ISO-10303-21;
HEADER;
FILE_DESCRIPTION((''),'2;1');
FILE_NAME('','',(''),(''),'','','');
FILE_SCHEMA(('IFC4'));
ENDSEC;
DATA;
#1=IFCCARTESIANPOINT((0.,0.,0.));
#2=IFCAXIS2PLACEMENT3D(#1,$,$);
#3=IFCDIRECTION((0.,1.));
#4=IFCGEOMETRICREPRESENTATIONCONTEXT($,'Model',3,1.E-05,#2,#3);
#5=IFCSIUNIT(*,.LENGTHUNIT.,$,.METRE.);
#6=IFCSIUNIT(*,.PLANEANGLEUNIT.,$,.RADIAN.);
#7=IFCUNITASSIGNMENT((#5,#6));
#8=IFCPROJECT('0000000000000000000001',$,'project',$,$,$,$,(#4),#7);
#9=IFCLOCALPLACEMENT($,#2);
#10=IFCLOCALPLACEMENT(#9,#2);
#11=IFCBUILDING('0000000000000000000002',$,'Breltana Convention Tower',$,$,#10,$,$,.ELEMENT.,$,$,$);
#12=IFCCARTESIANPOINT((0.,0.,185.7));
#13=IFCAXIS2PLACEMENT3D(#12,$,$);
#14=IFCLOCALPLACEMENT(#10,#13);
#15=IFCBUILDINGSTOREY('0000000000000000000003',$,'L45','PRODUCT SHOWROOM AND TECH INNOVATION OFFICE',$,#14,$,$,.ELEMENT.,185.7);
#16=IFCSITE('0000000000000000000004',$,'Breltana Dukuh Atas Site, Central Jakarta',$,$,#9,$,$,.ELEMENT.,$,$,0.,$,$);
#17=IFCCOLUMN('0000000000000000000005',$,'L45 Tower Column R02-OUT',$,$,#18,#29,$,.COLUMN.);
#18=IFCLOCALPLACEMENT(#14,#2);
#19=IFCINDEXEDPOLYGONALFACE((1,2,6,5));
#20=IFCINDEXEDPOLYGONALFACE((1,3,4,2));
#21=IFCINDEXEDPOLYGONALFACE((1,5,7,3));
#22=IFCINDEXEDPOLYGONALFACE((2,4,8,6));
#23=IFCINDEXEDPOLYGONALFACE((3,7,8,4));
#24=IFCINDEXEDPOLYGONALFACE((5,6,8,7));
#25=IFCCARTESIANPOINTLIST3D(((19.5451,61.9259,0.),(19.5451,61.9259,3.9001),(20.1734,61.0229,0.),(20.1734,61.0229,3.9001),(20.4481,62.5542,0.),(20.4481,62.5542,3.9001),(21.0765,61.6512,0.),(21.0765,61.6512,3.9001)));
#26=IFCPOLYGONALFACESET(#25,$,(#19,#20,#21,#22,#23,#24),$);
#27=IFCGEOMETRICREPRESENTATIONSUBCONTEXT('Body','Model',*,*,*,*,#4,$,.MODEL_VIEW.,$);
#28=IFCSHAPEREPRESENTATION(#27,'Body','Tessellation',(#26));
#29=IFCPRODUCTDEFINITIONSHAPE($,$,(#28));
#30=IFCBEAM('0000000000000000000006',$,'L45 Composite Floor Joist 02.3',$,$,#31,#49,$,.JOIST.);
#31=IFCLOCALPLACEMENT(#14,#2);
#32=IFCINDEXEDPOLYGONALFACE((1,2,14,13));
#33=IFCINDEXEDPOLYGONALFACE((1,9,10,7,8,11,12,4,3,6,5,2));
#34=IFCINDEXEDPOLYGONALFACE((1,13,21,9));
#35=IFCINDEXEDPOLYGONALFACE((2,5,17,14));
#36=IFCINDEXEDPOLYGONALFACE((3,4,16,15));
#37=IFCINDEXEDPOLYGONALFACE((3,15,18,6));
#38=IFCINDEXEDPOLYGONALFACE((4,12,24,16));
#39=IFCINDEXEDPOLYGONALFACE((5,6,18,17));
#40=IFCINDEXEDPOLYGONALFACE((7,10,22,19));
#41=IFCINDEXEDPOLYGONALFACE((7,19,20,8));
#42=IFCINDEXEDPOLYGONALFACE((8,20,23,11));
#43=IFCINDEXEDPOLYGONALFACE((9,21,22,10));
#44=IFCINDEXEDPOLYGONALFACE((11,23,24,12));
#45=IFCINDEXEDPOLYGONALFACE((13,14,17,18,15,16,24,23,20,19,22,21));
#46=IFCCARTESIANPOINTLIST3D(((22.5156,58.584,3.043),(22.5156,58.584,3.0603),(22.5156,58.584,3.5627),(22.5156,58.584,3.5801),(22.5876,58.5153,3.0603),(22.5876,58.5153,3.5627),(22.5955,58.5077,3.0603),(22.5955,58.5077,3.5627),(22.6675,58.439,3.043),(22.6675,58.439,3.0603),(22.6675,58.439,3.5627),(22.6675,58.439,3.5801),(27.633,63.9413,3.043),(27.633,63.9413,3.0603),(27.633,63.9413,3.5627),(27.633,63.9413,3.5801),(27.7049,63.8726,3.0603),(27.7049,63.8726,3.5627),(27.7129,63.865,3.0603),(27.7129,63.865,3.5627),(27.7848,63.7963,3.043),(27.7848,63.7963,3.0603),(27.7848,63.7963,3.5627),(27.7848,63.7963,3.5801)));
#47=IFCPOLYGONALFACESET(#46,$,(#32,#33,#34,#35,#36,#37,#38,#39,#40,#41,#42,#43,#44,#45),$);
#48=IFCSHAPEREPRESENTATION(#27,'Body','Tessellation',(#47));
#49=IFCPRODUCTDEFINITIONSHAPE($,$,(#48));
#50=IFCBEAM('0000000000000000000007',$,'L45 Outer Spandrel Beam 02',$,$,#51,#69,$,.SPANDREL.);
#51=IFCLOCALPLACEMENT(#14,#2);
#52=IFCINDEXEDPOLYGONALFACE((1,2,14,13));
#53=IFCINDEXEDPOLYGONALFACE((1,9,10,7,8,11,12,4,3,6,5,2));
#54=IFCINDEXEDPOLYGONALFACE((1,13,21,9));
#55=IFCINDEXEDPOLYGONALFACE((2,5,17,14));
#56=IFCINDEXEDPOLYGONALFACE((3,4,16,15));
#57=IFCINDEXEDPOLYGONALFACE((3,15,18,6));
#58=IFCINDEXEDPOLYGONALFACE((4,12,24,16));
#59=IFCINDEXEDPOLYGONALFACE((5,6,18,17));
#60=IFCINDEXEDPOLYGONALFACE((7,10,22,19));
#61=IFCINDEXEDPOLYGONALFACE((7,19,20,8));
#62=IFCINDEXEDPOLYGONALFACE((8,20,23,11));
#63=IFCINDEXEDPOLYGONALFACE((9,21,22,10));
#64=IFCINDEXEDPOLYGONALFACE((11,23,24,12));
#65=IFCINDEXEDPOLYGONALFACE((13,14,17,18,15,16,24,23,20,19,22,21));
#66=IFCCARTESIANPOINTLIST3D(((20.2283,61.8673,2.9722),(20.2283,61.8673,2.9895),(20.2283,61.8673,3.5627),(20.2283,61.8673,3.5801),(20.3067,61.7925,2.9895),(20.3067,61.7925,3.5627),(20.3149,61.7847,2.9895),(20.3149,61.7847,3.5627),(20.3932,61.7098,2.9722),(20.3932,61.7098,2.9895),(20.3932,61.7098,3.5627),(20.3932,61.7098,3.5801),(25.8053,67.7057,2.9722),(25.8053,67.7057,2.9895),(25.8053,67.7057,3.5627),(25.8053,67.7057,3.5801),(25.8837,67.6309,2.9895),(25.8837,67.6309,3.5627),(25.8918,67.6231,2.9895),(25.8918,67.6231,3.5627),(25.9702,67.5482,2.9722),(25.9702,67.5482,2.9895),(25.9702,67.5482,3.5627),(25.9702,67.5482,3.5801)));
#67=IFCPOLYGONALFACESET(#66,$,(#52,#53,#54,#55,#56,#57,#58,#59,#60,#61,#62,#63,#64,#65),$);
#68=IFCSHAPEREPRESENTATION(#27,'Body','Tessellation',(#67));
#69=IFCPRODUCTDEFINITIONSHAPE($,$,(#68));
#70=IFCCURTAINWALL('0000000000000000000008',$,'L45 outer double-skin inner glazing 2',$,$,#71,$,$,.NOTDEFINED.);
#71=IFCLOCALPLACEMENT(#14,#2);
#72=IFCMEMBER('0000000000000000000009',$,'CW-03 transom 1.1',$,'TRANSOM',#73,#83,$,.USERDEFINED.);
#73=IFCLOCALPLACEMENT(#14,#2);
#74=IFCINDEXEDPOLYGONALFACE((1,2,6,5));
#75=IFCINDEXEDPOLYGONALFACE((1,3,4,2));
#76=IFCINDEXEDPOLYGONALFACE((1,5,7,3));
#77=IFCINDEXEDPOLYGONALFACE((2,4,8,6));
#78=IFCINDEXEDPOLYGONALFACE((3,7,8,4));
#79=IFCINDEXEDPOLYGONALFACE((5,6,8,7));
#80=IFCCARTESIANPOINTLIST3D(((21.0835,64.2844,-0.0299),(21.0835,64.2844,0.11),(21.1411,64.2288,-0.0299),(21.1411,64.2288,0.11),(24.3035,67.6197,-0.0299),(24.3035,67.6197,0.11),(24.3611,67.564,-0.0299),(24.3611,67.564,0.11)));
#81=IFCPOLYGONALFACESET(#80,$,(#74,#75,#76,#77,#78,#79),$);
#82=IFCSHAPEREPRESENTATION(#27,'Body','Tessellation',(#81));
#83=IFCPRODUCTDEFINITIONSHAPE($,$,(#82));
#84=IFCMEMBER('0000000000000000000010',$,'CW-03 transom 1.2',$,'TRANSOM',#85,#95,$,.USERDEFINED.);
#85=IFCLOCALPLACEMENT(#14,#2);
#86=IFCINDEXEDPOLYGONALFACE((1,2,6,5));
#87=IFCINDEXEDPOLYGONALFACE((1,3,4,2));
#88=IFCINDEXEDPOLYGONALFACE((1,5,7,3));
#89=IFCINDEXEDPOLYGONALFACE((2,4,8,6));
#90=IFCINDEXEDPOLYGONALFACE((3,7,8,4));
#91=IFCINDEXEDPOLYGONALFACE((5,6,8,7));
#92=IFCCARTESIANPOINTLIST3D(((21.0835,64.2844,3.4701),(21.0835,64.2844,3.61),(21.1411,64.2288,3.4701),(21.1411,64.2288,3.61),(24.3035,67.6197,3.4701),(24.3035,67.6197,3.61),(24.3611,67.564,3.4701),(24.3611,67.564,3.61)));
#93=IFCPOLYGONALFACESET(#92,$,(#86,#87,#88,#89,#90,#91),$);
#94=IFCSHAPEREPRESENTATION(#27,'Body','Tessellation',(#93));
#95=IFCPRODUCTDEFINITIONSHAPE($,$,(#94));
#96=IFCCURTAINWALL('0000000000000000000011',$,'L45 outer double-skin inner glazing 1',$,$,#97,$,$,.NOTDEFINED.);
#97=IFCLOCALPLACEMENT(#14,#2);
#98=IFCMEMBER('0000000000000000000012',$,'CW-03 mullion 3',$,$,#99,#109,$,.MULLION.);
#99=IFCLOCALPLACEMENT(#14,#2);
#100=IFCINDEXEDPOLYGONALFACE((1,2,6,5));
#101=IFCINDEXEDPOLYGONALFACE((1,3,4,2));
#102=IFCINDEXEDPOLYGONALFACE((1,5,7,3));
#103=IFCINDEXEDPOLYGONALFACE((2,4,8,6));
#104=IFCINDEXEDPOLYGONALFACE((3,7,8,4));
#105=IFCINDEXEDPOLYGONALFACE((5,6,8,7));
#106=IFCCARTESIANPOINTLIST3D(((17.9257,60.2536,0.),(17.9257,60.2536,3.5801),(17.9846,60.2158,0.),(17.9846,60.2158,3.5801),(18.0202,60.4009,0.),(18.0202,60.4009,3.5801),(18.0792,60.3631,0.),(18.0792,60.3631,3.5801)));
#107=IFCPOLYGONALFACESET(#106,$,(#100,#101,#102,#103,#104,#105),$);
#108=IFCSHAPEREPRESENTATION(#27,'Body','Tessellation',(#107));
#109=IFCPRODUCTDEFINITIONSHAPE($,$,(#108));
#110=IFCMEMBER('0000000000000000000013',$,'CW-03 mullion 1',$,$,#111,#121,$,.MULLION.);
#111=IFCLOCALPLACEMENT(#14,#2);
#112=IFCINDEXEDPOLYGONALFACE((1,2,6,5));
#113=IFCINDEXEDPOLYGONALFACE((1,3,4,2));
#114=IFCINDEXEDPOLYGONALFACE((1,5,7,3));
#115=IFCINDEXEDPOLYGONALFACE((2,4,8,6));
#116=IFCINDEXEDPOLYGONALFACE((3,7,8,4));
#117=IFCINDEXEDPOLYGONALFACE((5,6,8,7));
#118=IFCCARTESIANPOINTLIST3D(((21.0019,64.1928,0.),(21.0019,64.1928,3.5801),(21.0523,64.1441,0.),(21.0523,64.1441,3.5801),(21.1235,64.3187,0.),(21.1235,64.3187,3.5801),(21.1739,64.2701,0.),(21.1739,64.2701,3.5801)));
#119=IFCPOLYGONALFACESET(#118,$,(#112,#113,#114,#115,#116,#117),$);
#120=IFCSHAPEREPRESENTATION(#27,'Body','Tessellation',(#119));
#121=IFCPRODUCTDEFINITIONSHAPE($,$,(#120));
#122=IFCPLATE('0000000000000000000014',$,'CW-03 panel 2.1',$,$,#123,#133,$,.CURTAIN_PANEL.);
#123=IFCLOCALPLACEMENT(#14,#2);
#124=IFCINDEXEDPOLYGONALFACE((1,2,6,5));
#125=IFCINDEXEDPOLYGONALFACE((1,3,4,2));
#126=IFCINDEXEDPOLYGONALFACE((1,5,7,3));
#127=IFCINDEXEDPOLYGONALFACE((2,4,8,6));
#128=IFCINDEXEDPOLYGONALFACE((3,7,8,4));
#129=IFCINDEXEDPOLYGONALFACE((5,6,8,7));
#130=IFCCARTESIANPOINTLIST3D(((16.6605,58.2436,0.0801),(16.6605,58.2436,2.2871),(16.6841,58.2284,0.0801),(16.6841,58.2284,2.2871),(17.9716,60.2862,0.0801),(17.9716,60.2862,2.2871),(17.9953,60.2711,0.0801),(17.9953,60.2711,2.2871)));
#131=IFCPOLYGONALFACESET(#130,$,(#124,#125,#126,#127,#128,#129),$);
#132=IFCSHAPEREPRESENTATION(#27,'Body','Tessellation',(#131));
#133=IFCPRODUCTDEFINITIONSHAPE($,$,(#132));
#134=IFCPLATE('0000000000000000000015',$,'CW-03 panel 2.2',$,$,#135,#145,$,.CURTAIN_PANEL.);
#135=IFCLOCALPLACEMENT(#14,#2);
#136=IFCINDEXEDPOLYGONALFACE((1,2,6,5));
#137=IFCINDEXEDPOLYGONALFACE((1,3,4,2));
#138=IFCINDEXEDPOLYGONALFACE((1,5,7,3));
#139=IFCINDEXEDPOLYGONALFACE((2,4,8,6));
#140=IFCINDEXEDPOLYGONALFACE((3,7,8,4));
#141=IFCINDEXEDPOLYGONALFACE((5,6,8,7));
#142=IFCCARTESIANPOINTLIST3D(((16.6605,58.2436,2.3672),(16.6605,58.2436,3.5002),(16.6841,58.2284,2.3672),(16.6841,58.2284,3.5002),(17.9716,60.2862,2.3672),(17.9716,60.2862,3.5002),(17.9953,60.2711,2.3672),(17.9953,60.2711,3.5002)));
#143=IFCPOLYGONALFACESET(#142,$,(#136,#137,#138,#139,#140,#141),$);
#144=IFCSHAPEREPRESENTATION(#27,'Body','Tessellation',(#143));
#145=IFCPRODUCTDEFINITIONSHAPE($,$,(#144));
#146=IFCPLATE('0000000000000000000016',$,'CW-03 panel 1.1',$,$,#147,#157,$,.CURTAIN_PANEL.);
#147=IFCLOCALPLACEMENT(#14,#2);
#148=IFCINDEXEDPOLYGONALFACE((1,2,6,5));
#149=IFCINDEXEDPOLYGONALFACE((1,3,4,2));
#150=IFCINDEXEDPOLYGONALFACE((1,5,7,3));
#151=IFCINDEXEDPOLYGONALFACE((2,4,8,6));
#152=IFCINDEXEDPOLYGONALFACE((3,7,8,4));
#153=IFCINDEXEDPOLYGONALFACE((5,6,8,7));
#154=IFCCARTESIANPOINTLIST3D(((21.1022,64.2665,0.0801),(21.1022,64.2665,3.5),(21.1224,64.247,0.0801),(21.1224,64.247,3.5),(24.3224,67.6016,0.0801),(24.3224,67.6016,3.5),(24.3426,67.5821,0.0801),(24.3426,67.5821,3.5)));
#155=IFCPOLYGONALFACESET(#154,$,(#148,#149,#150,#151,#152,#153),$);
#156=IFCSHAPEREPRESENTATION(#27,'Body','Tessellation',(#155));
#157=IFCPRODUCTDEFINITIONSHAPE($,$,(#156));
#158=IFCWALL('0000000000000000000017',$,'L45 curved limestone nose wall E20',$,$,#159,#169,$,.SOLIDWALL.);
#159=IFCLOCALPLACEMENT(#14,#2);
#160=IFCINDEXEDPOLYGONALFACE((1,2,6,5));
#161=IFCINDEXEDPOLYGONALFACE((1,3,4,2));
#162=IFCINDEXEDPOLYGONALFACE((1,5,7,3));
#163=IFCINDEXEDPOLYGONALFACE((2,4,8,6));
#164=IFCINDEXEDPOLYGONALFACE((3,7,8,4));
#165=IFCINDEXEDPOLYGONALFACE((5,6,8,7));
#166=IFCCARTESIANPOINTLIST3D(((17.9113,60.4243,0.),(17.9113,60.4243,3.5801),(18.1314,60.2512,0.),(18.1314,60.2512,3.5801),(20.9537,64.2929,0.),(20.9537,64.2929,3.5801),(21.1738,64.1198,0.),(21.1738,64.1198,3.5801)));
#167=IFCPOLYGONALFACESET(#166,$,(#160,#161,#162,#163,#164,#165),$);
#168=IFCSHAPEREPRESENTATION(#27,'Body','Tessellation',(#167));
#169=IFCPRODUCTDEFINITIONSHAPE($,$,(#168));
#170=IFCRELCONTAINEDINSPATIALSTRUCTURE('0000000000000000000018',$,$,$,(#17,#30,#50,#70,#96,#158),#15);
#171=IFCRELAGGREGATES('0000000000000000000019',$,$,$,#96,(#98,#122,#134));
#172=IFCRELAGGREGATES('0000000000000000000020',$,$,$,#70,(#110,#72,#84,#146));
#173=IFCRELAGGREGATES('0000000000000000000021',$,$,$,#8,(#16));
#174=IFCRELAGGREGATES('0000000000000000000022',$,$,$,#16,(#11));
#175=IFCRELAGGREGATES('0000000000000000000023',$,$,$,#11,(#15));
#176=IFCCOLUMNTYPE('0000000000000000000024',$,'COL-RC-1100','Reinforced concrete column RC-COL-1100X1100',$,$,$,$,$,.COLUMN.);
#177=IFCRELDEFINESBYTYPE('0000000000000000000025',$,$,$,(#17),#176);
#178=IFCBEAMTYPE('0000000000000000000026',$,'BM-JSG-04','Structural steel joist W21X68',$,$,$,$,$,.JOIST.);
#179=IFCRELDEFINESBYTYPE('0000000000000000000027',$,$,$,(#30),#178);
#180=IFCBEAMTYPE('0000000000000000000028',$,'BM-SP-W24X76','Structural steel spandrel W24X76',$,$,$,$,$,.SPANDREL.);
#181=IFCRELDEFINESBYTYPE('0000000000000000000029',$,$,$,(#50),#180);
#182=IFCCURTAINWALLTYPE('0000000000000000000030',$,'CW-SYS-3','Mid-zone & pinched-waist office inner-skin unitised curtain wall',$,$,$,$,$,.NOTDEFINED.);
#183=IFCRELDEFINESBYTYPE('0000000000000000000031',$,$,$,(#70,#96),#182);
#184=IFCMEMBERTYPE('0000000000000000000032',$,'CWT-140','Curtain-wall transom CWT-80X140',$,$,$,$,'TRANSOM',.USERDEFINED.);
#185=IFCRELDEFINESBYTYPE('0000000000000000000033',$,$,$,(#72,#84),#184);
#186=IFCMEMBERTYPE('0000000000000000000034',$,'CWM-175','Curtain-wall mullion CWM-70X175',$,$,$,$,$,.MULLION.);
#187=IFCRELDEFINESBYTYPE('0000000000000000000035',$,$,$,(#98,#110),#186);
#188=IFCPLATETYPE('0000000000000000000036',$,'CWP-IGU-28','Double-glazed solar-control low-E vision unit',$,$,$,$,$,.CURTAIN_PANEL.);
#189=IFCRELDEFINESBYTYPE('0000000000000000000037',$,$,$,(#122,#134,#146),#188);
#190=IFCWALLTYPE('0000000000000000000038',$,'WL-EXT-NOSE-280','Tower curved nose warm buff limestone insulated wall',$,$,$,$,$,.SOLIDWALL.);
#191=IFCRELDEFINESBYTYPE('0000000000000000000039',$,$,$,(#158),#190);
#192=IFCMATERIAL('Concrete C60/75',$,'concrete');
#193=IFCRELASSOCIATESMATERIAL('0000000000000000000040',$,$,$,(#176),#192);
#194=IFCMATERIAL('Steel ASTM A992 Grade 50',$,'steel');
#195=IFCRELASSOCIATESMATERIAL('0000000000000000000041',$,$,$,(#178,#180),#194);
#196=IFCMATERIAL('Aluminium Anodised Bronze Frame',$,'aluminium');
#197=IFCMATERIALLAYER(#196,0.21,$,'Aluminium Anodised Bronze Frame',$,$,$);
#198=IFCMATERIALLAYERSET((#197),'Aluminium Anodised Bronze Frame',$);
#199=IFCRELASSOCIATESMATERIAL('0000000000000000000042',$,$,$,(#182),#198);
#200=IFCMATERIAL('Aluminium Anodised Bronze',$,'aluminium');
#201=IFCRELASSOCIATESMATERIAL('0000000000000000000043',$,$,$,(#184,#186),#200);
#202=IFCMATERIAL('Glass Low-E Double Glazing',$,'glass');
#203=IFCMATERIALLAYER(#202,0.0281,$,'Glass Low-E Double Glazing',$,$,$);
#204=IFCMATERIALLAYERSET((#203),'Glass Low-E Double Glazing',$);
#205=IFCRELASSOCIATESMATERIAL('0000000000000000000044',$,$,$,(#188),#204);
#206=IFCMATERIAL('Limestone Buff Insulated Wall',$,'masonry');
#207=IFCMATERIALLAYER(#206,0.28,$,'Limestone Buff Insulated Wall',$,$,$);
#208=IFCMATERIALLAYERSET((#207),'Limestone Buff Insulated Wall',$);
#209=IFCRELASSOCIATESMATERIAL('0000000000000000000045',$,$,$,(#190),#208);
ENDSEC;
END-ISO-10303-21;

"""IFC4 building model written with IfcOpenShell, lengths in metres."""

from ifc_helpers import new_model, si_unit, direction, frame, frame_2d, origin, origin_2d, place, context, subcontext, project, spatial, rectangle, i_section, extrude, source, transform, mapped, material, layer, layer_set, material_profile, profile_set, type_object, element, aggregate, save


model = new_model("IFC4")

# Units and contexts
model_context = context("Model", 3, precision=1e-05, world=origin(), true_north=direction((0.0, 1.0)))
body_context = subcontext(model_context, "Body", "Model", "MODEL_VIEW")
ifc_project = project(units=[si_unit("LENGTHUNIT", "METRE"), si_unit("PLANEANGLEUNIT", "RADIAN")], contexts=[model_context])

# Site, building, storey
site_placement = place(None, origin())
site = spatial("IfcSite", under=ifc_project, at=site_placement, Name="Breltana Dukuh Atas Site, Central Jakarta", CompositionType="ELEMENT", RefElevation=0.0)
building_placement = place(site_placement, origin())
building = spatial("IfcBuilding", under=site, at=building_placement, Name="Breltana Convention Tower", CompositionType="ELEMENT")
storey_placement = place(building_placement, frame((0.0, 0.0, 185.7)))
storey = spatial("IfcBuildingStorey", under=building, at=storey_placement, Name="L45", Description="PRODUCT SHOWROOM AND TECH INNOVATION OFFICE", CompositionType="ELEMENT", Elevation=185.7)

# Column
ifc_material_1 = material(Name="Concrete C60/75", Category="concrete")
ifc_material_profile_1 = material_profile(ifc_material_1, rectangle(XDim=1.1001, YDim=1.1001, at=origin_2d()), Name="RC-COL-1100X1100")
ifc_profile_set_1 = profile_set([ifc_material_profile_1], Name="Concrete C60/75")
column_type = type_object("IfcColumnType", Name="COL-RC-1100", Description="Reinforced concrete column RC-COL-1100X1100", PredefinedType="COLUMN", material=ifc_profile_set_1)
shared_shape_1 = source(origin(), body_context, "Body", "SweptSolid", [
    extrude(rectangle(XDim=1.1001, YDim=1.1001, at=origin_2d()), origin(), (0.0, 0.0, 1.0), 3.9001),
])
column_placement = place(storey_placement, frame((20.3108, 61.7886, 0.0), z_axis=(0.0, 0.0, 1.0), x_axis=(-0.571143, 0.82085, 0.0)))
element("IfcColumn", 1, at=column_placement, inside=storey, type_object=column_type, Name="L45 Tower Column R02-OUT", PredefinedType="COLUMN", context=body_context, shape_type="MappedRepresentation", body=[
    mapped(shared_shape_1, transform((0.0, 0.0, 0.0), scale=1.0)),
])

# Beams
ifc_material_2 = material(Name="Steel ASTM A992 Grade 50", Category="steel")
ifc_material_profile_2 = material_profile(ifc_material_2, i_section(OverallWidth=0.21, OverallDepth=0.5371, WebThickness=0.011, FlangeThickness=0.0173, at=origin_2d()), Name="W21X68")
ifc_profile_set_2 = profile_set([ifc_material_profile_2], Name="Steel ASTM A992 Grade 50")
beam_type_1 = type_object("IfcBeamType", Name="BM-JSG-04", Description="Structural steel joist W21X68", PredefinedType="JOIST", material=ifc_profile_set_2)
shared_shape_2 = source(origin(), body_context, "Body", "SweptSolid", [
    extrude(i_section(OverallWidth=0.21, OverallDepth=0.5371, WebThickness=0.011, FlangeThickness=0.0173, at=origin_2d()), origin(), (0.0, 0.0, 1.0), 7.4087),
])
beam_1_placement = place(storey_placement, frame((22.5916, 58.5115, 3.3115), z_axis=(0.690725, 0.723118, 0.0), x_axis=(-0.723118, 0.690725, 0.0)))
element("IfcBeam", 2, at=beam_1_placement, inside=storey, type_object=beam_type_1, Name="L45 Composite Floor Joist 02.3", PredefinedType="JOIST", context=body_context, shape_type="MappedRepresentation", body=[
    mapped(shared_shape_2, transform((0.0, 0.0, 0.0), scale=1.0)),
])
ifc_material_profile_3 = material_profile(ifc_material_2, i_section(OverallWidth=0.228, OverallDepth=0.6079, WebThickness=0.0112, FlangeThickness=0.0173, at=origin_2d()), Name="W24X76")
ifc_profile_set_3 = profile_set([ifc_material_profile_3], Name="Steel ASTM A992 Grade 50")
beam_type_2 = type_object("IfcBeamType", Name="BM-SP-W24X76", Description="Structural steel spandrel W24X76", PredefinedType="SPANDREL", material=ifc_profile_set_3)
shared_shape_3 = source(origin(), body_context, "Body", "SweptSolid", [
    extrude(i_section(OverallWidth=0.228, OverallDepth=0.6079, WebThickness=0.0112, FlangeThickness=0.0173, at=origin_2d()), origin(), (0.0, 0.0, 1.0), 8.074),
])
beam_2_placement = place(storey_placement, frame((20.3108, 61.7886, 3.2761), z_axis=(0.690729, 0.723114, 0.0), x_axis=(-0.723114, 0.690729, 0.0)))
element("IfcBeam", 3, at=beam_2_placement, inside=storey, type_object=beam_type_2, Name="L45 Outer Spandrel Beam 02", PredefinedType="SPANDREL", context=body_context, shape_type="MappedRepresentation", body=[
    mapped(shared_shape_3, transform((0.0, 0.0, 0.0), scale=1.0)),
])

# Curtain wall, members
ifc_material_3 = material(Name="Aluminium Anodised Bronze Frame", Category="aluminium")
ifc_layer_1 = layer(ifc_material_3, 0.21, Name="Aluminium Anodised Bronze Frame")
ifc_layer_set_1 = layer_set([ifc_layer_1], Name="Aluminium Anodised Bronze Frame")
curtain_wall_type = type_object("IfcCurtainWallType", Name="CW-SYS-3", Description="Mid-zone & pinched-waist office inner-skin unitised curtain wall", PredefinedType="NOTDEFINED", material=ifc_layer_set_1)
curtain_wall_1_placement = place(storey_placement, origin())
curtain_wall_1 = element("IfcCurtainWall", 4, at=curtain_wall_1_placement, inside=storey, type_object=curtain_wall_type, Name="L45 outer double-skin inner glazing 2", PredefinedType="NOTDEFINED")
ifc_material_4 = material(Name="Aluminium Anodised Bronze", Category="aluminium")
ifc_material_profile_4 = material_profile(ifc_material_4, rectangle(XDim=0.0801, YDim=0.1399, at=origin_2d()), Name="CWT-80X140")
ifc_profile_set_4 = profile_set([ifc_material_profile_4], Name="Aluminium Anodised Bronze")
member_type_1 = type_object("IfcMemberType", Name="CWT-140", Description="Curtain-wall transom CWT-80X140", ElementType="TRANSOM", PredefinedType="USERDEFINED", material=ifc_profile_set_4)
shared_shape_4 = source(origin(), body_context, "Body", "SweptSolid", [
    extrude(rectangle(XDim=0.0801, YDim=0.1399, at=origin_2d()), origin(), (0.0, 0.0, 1.0), 4.636),
])
member_1_placement = place(storey_placement, frame((21.1123, 64.2566, 0.04), z_axis=(0.694569, 0.719426, 0.0), x_axis=(-0.719426, 0.694569, 0.0)))
member_1 = element("IfcMember", 5, at=member_1_placement, type_object=member_type_1, Name="CW-03 transom 1.1", ObjectType="TRANSOM", PredefinedType="USERDEFINED", context=body_context, shape_type="MappedRepresentation", body=[
    mapped(shared_shape_4, transform((0.0, 0.0, 0.0), scale=1.0)),
])
member_2_placement = place(storey_placement, frame((21.1123, 64.2566, 3.54), z_axis=(0.694569, 0.719426, 0.0), x_axis=(-0.719426, 0.694569, 0.0)))
member_2 = element("IfcMember", 6, at=member_2_placement, type_object=member_type_1, Name="CW-03 transom 1.2", ObjectType="TRANSOM", PredefinedType="USERDEFINED", context=body_context, shape_type="MappedRepresentation", body=[
    mapped(shared_shape_4, transform((0.0, 0.0, 0.0), scale=1.0)),
])

# Curtain wall, member
curtain_wall_2_placement = place(storey_placement, origin())
curtain_wall_2 = element("IfcCurtainWall", 7, at=curtain_wall_2_placement, inside=storey, type_object=curtain_wall_type, Name="L45 outer double-skin inner glazing 1", PredefinedType="NOTDEFINED")
ifc_material_profile_5 = material_profile(ifc_material_4, rectangle(XDim=0.0701, YDim=0.175, at=origin_2d()), Name="CWM-70X175")
ifc_profile_set_5 = profile_set([ifc_material_profile_5], Name="Aluminium Anodised Bronze")
member_type_2 = type_object("IfcMemberType", Name="CWM-175", Description="Curtain-wall mullion CWM-70X175", PredefinedType="MULLION", material=ifc_profile_set_5)
shared_shape_5 = source(origin(), body_context, "Body", "SweptSolid", [
    extrude(rectangle(XDim=0.0701, YDim=0.175, at=origin_2d()), origin(), (0.0, 0.0, 1.0), 3.5801),
])
member_3_placement = place(storey_placement, frame((18.0024, 60.3083, 0.0), z_axis=(0.0, 0.0, 1.0), x_axis=(-0.841554, 0.540173, 0.0)))
member_3 = element("IfcMember", 8, at=member_3_placement, type_object=member_type_2, Name="CW-03 mullion 3", PredefinedType="MULLION", context=body_context, shape_type="MappedRepresentation", body=[
    mapped(shared_shape_5, transform((0.0, 0.0, 0.0), scale=1.0)),
])

# Member
member_4_placement = place(storey_placement, frame((21.0879, 64.2314, 0.0), z_axis=(0.0, 0.0, 1.0), x_axis=(-0.719394, 0.694603, 0.0)))
member_4 = element("IfcMember", 9, at=member_4_placement, type_object=member_type_2, Name="CW-03 mullion 1", PredefinedType="MULLION", context=body_context, shape_type="MappedRepresentation", body=[
    mapped(shared_shape_5, transform((0.0, 0.0, 0.0), scale=1.0)),
])

# Plates
ifc_material_5 = material(Name="Glass Low-E Double Glazing", Category="glass")
ifc_layer_2 = layer(ifc_material_5, 0.0281, Name="Glass Low-E Double Glazing")
ifc_layer_set_2 = layer_set([ifc_layer_2], Name="Glass Low-E Double Glazing")
plate_type = type_object("IfcPlateType", Name="CWP-IGU-28", Description="Double-glazed solar-control low-E vision unit", PredefinedType="CURTAIN_PANEL", material=ifc_layer_set_2)
shared_shape_6 = source(origin(), body_context, "Body", "SweptSolid", [
    extrude(rectangle(XDim=2.4272, YDim=0.0281, at=origin_2d()), origin(), (0.0, 0.0, 1.0), 2.207),
])
plate_1_placement = place(storey_placement, frame((17.3279, 59.2573, 0.0801), z_axis=(0.0, 0.0, 1.0), x_axis=(0.540173, 0.841554, 0.0)))
plate_1 = element("IfcPlate", 10, at=plate_1_placement, type_object=plate_type, Name="CW-03 panel 2.1", PredefinedType="CURTAIN_PANEL", context=body_context, shape_type="MappedRepresentation", body=[
    mapped(shared_shape_6, transform((0.0, 0.0, 0.0), scale=1.0)),
])
shared_shape_7 = source(origin(), body_context, "Body", "SweptSolid", [
    extrude(rectangle(XDim=2.4272, YDim=0.0281, at=origin_2d()), origin(), (0.0, 0.0, 1.0), 1.1331),
])
plate_2_placement = place(storey_placement, frame((17.3279, 59.2573, 2.3672), z_axis=(0.0, 0.0, 1.0), x_axis=(0.540173, 0.841554, 0.0)))
plate_2 = element("IfcPlate", 11, at=plate_2_placement, type_object=plate_type, Name="CW-03 panel 2.2", PredefinedType="CURTAIN_PANEL", context=body_context, shape_type="MappedRepresentation", body=[
    mapped(shared_shape_7, transform((0.0, 0.0, 0.0), scale=1.0)),
])
aggregate(curtain_wall_2, [member_3, plate_1, plate_2])
shared_shape_8 = source(origin(), body_context, "Body", "SweptSolid", [
    extrude(rectangle(XDim=4.636, YDim=0.0281, at=origin_2d()), origin(), (0.0, 0.0, 1.0), 3.4199),
])
plate_3_placement = place(storey_placement, frame((22.7224, 65.9243, 0.0801), z_axis=(0.0, 0.0, 1.0), x_axis=(0.694603, 0.719394, 0.0)))
plate_3 = element("IfcPlate", 12, at=plate_3_placement, type_object=plate_type, Name="CW-03 panel 1.1", PredefinedType="CURTAIN_PANEL", context=body_context, shape_type="MappedRepresentation", body=[
    mapped(shared_shape_8, transform((0.0, 0.0, 0.0), scale=1.0)),
])
aggregate(curtain_wall_1, [member_4, member_1, member_2, plate_3])

# Wall
ifc_material_6 = material(Name="Limestone Buff Insulated Wall", Category="masonry")
ifc_layer_3 = layer(ifc_material_6, 0.28, Name="Limestone Buff Insulated Wall")
ifc_layer_set_3 = layer_set([ifc_layer_3], Name="Limestone Buff Insulated Wall")
wall_type_1 = type_object("IfcWallType", Name="WL-EXT-NOSE-280", Description="Tower curved nose warm buff limestone insulated wall", PredefinedType="SOLIDWALL", material=ifc_layer_set_3)
shared_shape_9 = source(origin(), body_context, "Body", "SweptSolid", [
    extrude(rectangle(XDim=4.9216, YDim=0.28, at=frame_2d((2.4609, 0.0))), origin(), (0.0, 0.0, 1.0), 3.5801),
])
wall_1_placement = place(storey_placement, frame((18.0212, 60.3376, 0.0), z_axis=(0.0, 0.0, 1.0), x_axis=(0.618176, 0.786039, 0.0)))
element("IfcWall", 13, at=wall_1_placement, inside=storey, type_object=wall_type_1, Name="L45 curved limestone nose wall E20", PredefinedType="SOLIDWALL", context=body_context, shape_type="MappedRepresentation", body=[
    mapped(shared_shape_9, transform((0.0, 0.0, 0.0), scale=1.0)),
])

save(model, "model.ifc")
